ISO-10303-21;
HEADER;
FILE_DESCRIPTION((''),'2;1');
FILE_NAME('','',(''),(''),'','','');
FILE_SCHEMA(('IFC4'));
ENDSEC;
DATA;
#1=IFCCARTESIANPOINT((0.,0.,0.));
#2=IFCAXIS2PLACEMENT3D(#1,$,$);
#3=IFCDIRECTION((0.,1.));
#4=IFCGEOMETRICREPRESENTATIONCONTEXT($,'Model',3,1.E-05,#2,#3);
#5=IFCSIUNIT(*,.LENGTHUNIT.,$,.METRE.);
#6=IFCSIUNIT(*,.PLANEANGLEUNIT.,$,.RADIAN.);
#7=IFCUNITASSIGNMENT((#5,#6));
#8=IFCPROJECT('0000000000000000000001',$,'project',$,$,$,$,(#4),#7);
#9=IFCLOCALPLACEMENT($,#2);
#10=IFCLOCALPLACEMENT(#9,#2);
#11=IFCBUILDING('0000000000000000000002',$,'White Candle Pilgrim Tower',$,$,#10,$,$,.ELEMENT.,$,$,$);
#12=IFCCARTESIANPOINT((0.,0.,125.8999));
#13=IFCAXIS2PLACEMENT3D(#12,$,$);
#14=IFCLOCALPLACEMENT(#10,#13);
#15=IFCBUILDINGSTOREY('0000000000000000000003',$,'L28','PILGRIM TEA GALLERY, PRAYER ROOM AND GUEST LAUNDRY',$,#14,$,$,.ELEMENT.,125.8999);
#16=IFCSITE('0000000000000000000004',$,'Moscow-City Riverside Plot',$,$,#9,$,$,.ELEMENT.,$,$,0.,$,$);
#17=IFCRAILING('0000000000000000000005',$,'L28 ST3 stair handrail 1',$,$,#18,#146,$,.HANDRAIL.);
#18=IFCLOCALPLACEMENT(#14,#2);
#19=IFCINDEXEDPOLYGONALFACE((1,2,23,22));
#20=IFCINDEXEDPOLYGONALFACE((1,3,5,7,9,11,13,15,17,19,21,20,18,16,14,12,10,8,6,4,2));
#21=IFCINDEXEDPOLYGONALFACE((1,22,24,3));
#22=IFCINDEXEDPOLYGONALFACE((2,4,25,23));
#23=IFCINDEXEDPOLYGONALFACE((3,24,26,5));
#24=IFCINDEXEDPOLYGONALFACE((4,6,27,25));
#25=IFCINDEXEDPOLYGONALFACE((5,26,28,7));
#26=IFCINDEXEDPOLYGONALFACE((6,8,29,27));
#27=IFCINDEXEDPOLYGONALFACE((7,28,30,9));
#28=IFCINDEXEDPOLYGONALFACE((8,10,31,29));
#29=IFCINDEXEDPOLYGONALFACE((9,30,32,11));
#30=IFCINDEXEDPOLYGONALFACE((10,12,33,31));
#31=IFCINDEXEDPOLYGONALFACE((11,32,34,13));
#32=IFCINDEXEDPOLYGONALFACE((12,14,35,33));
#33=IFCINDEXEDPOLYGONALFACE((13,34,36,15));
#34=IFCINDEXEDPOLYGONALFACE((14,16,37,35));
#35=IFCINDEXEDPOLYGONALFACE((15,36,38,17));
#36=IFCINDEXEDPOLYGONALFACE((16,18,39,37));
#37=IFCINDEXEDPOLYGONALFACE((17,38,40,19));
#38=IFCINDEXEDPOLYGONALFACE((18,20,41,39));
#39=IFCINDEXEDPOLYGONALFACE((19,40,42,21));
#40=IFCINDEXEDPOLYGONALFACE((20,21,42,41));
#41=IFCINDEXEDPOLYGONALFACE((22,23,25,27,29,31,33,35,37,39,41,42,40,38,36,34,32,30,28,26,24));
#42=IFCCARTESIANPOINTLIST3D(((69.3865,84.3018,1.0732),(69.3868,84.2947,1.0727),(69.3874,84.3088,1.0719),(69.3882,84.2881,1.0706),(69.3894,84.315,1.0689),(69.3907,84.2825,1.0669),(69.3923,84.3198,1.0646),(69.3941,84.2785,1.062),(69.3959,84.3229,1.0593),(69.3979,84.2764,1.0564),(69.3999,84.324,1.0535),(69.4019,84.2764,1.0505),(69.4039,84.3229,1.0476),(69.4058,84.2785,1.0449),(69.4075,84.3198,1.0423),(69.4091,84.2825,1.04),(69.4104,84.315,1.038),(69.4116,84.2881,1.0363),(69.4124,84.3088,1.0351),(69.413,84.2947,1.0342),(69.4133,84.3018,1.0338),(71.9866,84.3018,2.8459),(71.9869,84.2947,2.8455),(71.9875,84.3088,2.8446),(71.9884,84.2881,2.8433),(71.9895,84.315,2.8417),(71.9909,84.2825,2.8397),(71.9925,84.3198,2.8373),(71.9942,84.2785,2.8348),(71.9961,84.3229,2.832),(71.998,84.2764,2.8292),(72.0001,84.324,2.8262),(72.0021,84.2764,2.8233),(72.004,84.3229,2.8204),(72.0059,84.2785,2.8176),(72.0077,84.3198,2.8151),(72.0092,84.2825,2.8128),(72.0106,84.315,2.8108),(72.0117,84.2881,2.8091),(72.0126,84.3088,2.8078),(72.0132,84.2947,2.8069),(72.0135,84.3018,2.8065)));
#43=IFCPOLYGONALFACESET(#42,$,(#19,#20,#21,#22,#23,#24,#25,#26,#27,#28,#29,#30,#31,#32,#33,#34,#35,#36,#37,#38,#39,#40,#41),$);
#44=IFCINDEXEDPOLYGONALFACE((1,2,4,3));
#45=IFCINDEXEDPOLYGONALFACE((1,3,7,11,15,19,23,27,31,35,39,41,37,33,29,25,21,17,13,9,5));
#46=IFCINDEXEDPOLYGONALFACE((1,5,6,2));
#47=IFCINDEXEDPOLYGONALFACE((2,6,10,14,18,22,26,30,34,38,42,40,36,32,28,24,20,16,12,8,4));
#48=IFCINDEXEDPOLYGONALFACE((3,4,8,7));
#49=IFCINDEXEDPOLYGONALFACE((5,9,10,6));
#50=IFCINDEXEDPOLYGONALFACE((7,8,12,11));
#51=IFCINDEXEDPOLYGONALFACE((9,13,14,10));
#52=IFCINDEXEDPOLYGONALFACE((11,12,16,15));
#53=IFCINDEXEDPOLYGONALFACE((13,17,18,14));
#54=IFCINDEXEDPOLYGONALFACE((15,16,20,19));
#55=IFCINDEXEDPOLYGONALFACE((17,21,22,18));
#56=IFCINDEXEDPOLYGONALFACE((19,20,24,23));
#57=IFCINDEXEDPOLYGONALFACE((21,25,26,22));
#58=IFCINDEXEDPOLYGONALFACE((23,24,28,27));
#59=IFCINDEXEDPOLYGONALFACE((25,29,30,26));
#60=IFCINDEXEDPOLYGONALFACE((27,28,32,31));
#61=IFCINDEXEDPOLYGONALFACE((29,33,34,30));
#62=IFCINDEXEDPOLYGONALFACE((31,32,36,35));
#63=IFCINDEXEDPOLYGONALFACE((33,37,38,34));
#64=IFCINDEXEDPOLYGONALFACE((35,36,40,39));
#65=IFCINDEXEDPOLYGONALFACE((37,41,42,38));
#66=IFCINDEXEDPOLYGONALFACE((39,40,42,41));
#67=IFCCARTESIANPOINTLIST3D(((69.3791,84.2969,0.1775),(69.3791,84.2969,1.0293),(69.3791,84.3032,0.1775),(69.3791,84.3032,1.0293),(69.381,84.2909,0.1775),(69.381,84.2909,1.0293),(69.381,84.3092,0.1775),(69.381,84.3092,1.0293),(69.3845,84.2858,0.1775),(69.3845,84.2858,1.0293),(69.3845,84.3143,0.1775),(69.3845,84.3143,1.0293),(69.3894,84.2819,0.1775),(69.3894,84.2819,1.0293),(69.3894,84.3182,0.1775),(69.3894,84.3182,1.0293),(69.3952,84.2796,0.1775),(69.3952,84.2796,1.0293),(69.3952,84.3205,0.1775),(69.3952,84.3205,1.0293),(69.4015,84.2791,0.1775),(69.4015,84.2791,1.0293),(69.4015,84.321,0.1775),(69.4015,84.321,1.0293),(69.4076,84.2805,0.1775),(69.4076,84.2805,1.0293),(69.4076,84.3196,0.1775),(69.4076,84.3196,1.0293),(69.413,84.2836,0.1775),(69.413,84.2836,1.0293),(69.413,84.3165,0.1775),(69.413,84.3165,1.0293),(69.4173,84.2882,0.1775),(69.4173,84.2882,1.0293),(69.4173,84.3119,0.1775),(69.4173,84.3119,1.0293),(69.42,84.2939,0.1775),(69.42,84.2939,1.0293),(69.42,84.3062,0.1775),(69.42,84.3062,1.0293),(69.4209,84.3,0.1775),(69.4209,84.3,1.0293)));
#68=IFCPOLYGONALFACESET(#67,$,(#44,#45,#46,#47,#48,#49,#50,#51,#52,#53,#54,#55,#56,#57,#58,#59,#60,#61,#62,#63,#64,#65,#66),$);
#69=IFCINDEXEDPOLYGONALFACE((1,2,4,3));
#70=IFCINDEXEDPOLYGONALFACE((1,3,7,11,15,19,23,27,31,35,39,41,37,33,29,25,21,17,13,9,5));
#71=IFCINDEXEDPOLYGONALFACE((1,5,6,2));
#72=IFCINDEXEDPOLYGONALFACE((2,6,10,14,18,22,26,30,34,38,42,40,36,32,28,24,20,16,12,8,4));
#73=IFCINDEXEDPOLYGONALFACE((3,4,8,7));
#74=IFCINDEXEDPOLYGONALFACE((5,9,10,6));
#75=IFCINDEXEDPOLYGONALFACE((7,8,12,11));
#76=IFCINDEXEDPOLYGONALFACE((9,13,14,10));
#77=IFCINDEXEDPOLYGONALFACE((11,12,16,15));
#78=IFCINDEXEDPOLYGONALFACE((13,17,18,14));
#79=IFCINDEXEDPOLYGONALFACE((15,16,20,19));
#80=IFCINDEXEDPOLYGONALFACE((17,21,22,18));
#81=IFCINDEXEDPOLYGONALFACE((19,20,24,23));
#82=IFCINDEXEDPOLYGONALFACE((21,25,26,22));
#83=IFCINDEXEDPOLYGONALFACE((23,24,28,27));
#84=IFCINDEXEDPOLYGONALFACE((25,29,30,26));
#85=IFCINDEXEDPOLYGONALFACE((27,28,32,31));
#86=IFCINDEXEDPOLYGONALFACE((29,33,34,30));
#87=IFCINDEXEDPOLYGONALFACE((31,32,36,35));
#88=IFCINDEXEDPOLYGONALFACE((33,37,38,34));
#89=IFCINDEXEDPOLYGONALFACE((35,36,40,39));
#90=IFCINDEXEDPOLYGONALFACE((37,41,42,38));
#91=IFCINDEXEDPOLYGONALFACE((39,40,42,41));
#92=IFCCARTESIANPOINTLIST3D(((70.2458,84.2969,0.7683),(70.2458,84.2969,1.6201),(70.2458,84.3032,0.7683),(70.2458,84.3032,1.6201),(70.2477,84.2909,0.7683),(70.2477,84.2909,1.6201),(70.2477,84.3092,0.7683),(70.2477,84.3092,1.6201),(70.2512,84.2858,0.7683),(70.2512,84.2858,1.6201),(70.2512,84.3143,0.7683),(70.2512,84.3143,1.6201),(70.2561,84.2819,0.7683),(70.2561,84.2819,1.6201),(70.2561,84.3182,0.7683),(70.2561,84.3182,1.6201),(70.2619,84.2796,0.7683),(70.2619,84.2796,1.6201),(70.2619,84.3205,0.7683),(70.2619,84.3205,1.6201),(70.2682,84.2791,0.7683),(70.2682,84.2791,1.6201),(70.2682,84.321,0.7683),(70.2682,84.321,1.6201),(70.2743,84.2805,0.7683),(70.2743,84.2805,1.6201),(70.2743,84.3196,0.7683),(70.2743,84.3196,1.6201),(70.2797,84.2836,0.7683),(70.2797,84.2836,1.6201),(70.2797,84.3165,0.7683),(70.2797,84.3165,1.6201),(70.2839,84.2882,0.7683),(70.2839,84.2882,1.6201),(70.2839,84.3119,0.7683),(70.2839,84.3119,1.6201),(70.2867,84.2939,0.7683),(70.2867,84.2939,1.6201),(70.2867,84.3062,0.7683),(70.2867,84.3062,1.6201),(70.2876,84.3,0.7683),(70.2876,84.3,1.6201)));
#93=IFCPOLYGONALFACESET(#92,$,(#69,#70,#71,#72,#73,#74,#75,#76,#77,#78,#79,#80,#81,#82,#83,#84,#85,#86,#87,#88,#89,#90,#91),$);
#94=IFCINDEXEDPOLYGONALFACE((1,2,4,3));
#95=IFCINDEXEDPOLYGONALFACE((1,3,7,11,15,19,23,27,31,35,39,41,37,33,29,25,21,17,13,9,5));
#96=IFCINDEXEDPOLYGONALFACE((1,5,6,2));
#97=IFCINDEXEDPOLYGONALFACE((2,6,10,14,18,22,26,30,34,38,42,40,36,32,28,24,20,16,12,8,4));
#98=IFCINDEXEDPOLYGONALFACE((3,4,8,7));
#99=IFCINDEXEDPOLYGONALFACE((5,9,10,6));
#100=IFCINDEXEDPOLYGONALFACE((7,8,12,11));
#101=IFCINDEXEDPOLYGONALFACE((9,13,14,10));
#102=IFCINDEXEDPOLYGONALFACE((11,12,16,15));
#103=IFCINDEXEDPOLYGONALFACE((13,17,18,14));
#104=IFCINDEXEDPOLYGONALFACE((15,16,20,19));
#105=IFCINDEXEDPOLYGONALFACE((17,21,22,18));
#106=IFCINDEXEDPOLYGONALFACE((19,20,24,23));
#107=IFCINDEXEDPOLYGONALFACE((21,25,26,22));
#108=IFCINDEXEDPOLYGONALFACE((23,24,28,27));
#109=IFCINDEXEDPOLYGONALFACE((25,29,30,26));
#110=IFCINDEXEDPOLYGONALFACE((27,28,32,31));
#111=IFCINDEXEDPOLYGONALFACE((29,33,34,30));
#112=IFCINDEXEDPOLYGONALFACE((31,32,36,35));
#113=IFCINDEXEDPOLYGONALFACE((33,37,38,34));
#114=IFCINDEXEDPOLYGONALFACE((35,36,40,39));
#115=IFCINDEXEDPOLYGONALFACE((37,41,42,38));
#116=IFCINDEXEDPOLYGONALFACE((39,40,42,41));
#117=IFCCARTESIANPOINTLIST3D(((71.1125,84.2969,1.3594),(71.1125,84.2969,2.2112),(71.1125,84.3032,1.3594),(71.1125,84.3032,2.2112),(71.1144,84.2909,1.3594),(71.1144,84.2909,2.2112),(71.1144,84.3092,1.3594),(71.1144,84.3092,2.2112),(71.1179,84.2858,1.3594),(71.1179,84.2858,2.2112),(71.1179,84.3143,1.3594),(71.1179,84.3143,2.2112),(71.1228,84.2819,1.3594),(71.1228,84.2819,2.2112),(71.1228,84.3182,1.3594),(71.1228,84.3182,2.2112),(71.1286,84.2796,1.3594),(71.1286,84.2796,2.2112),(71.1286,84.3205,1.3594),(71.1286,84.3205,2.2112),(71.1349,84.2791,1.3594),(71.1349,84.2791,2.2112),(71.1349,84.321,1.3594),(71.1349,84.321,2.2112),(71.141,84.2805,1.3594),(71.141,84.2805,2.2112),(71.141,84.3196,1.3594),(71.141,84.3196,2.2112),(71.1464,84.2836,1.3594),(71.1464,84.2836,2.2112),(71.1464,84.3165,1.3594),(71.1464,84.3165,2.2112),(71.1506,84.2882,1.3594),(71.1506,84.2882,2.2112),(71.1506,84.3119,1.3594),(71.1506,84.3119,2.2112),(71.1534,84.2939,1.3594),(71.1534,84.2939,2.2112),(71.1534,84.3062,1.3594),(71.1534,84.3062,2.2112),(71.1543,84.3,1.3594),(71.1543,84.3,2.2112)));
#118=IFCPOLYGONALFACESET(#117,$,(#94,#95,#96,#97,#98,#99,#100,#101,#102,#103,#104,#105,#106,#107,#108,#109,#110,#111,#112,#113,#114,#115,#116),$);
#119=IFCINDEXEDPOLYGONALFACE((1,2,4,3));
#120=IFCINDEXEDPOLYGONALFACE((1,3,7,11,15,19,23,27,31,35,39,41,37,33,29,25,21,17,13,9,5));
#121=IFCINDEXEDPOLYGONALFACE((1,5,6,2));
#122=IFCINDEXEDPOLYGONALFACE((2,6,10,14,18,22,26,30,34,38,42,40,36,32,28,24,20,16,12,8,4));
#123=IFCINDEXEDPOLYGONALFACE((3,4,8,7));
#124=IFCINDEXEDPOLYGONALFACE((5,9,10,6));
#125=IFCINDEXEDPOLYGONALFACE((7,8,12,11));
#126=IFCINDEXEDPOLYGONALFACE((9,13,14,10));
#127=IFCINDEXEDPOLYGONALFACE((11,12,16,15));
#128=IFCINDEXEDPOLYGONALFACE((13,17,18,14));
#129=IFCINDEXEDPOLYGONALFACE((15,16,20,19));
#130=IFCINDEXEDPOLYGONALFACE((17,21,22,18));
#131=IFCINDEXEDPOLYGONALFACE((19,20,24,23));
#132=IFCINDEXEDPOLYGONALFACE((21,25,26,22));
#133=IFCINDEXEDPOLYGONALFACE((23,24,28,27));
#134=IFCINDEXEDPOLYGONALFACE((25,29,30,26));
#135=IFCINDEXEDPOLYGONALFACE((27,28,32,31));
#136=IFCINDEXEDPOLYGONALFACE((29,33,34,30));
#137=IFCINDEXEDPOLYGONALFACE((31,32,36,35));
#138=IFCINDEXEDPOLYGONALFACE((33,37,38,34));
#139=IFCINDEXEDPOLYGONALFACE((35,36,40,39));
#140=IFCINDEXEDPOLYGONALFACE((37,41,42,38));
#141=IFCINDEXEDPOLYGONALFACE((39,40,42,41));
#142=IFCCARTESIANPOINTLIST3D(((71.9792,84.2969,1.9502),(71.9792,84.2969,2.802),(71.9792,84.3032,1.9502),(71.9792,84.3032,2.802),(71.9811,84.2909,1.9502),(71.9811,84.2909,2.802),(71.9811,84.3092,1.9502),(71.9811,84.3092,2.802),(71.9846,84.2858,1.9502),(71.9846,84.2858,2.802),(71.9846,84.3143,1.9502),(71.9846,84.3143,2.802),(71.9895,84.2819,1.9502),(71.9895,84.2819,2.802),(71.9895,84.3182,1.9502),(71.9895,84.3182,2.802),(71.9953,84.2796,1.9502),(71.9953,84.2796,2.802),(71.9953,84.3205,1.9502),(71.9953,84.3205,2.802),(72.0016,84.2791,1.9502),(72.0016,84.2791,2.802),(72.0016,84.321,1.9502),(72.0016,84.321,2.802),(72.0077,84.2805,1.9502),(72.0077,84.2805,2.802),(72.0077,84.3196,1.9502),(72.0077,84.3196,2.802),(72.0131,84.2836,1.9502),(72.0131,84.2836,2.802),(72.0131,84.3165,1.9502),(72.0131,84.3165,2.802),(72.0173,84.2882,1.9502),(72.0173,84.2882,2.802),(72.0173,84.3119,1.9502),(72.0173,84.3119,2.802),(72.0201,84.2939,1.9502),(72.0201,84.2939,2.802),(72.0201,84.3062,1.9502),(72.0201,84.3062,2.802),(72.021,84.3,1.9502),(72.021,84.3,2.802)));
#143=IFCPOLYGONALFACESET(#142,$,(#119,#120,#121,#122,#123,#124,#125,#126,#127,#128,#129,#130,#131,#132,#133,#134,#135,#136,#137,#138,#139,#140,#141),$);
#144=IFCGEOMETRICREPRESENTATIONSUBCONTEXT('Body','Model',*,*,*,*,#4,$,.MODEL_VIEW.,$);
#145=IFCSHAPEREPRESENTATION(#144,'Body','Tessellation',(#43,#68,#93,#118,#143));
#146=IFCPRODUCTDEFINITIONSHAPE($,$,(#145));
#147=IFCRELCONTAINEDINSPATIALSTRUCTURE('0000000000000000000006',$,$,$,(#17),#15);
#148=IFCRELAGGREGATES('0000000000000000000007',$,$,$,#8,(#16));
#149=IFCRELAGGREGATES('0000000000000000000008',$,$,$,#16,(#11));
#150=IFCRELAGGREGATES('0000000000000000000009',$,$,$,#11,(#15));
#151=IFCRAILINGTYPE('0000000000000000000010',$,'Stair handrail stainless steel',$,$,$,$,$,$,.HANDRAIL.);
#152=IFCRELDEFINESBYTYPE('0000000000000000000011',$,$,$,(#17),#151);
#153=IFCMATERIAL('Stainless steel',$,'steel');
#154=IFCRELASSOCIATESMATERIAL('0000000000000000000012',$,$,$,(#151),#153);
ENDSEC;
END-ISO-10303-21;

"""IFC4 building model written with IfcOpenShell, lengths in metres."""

from ifc_helpers import new_model, si_unit, direction, frame, origin, origin_2d, place, context, subcontext, project, spatial, circle, extrude, material, type_object, element, save


model = new_model("IFC4")

# Units and contexts
model_context = context("Model", 3, precision=1e-05, world=origin(), true_north=direction((0.0, 1.0)))
body_context = subcontext(model_context, "Body", "Model", "MODEL_VIEW")
ifc_project = project(units=[si_unit("LENGTHUNIT", "METRE"), si_unit("PLANEANGLEUNIT", "RADIAN")], contexts=[model_context])

# Site, building, storey
site_placement = place(None, origin())
site = spatial("IfcSite", under=ifc_project, at=site_placement, Name="Moscow-City Riverside Plot", CompositionType="ELEMENT", RefElevation=0.0)
building_placement = place(site_placement, origin())
building = spatial("IfcBuilding", under=site, at=building_placement, Name="White Candle Pilgrim Tower", CompositionType="ELEMENT")
storey_placement = place(building_placement, frame((0.0, 0.0, 125.8999)))
storey = spatial("IfcBuildingStorey", under=building, at=storey_placement, Name="L28", Description="PILGRIM TEA GALLERY, PRAYER ROOM AND GUEST LAUNDRY", CompositionType="ELEMENT", Elevation=125.8999)

# Railing
ifc_material_1 = material(Name="Stainless steel", Category="steel")
railing_type_1 = type_object("IfcRailingType", Name="Stair handrail stainless steel", PredefinedType="HANDRAIL", material=ifc_material_1)
railing_1_placement = place(storey_placement, frame((69.3999, 84.3, 0.1775)))
element("IfcRailing", 1, at=railing_1_placement, inside=storey, type_object=railing_type_1, Name="L28 ST3 stair handrail 1", PredefinedType="HANDRAIL", context=body_context, shape_type="SweptSolid", body=[
    extrude(circle(Radius=0.0239, at=origin_2d()), frame((0.0, 0.0, 0.876), z_axis=(0.82624, 0.0, 0.563318), x_axis=(0.0, 1.0, 0.0)), (0.0, 0.0, 1.0), 3.147),
    extrude(circle(Radius=0.021, at=origin_2d()), origin(), (0.0, 0.0, 1.0), 0.8518),
    extrude(circle(Radius=0.021, at=origin_2d()), frame((0.8667, 0.0, 0.5908)), (0.0, 0.0, 1.0), 0.8518),
    extrude(circle(Radius=0.021, at=origin_2d()), frame((1.7334, 0.0, 1.1819)), (0.0, 0.0, 1.0), 0.8518),
    extrude(circle(Radius=0.021, at=origin_2d()), frame((2.6001, 0.0, 1.7727)), (0.0, 0.0, 1.0), 0.8518),
])

save(model, "model.ifc")
